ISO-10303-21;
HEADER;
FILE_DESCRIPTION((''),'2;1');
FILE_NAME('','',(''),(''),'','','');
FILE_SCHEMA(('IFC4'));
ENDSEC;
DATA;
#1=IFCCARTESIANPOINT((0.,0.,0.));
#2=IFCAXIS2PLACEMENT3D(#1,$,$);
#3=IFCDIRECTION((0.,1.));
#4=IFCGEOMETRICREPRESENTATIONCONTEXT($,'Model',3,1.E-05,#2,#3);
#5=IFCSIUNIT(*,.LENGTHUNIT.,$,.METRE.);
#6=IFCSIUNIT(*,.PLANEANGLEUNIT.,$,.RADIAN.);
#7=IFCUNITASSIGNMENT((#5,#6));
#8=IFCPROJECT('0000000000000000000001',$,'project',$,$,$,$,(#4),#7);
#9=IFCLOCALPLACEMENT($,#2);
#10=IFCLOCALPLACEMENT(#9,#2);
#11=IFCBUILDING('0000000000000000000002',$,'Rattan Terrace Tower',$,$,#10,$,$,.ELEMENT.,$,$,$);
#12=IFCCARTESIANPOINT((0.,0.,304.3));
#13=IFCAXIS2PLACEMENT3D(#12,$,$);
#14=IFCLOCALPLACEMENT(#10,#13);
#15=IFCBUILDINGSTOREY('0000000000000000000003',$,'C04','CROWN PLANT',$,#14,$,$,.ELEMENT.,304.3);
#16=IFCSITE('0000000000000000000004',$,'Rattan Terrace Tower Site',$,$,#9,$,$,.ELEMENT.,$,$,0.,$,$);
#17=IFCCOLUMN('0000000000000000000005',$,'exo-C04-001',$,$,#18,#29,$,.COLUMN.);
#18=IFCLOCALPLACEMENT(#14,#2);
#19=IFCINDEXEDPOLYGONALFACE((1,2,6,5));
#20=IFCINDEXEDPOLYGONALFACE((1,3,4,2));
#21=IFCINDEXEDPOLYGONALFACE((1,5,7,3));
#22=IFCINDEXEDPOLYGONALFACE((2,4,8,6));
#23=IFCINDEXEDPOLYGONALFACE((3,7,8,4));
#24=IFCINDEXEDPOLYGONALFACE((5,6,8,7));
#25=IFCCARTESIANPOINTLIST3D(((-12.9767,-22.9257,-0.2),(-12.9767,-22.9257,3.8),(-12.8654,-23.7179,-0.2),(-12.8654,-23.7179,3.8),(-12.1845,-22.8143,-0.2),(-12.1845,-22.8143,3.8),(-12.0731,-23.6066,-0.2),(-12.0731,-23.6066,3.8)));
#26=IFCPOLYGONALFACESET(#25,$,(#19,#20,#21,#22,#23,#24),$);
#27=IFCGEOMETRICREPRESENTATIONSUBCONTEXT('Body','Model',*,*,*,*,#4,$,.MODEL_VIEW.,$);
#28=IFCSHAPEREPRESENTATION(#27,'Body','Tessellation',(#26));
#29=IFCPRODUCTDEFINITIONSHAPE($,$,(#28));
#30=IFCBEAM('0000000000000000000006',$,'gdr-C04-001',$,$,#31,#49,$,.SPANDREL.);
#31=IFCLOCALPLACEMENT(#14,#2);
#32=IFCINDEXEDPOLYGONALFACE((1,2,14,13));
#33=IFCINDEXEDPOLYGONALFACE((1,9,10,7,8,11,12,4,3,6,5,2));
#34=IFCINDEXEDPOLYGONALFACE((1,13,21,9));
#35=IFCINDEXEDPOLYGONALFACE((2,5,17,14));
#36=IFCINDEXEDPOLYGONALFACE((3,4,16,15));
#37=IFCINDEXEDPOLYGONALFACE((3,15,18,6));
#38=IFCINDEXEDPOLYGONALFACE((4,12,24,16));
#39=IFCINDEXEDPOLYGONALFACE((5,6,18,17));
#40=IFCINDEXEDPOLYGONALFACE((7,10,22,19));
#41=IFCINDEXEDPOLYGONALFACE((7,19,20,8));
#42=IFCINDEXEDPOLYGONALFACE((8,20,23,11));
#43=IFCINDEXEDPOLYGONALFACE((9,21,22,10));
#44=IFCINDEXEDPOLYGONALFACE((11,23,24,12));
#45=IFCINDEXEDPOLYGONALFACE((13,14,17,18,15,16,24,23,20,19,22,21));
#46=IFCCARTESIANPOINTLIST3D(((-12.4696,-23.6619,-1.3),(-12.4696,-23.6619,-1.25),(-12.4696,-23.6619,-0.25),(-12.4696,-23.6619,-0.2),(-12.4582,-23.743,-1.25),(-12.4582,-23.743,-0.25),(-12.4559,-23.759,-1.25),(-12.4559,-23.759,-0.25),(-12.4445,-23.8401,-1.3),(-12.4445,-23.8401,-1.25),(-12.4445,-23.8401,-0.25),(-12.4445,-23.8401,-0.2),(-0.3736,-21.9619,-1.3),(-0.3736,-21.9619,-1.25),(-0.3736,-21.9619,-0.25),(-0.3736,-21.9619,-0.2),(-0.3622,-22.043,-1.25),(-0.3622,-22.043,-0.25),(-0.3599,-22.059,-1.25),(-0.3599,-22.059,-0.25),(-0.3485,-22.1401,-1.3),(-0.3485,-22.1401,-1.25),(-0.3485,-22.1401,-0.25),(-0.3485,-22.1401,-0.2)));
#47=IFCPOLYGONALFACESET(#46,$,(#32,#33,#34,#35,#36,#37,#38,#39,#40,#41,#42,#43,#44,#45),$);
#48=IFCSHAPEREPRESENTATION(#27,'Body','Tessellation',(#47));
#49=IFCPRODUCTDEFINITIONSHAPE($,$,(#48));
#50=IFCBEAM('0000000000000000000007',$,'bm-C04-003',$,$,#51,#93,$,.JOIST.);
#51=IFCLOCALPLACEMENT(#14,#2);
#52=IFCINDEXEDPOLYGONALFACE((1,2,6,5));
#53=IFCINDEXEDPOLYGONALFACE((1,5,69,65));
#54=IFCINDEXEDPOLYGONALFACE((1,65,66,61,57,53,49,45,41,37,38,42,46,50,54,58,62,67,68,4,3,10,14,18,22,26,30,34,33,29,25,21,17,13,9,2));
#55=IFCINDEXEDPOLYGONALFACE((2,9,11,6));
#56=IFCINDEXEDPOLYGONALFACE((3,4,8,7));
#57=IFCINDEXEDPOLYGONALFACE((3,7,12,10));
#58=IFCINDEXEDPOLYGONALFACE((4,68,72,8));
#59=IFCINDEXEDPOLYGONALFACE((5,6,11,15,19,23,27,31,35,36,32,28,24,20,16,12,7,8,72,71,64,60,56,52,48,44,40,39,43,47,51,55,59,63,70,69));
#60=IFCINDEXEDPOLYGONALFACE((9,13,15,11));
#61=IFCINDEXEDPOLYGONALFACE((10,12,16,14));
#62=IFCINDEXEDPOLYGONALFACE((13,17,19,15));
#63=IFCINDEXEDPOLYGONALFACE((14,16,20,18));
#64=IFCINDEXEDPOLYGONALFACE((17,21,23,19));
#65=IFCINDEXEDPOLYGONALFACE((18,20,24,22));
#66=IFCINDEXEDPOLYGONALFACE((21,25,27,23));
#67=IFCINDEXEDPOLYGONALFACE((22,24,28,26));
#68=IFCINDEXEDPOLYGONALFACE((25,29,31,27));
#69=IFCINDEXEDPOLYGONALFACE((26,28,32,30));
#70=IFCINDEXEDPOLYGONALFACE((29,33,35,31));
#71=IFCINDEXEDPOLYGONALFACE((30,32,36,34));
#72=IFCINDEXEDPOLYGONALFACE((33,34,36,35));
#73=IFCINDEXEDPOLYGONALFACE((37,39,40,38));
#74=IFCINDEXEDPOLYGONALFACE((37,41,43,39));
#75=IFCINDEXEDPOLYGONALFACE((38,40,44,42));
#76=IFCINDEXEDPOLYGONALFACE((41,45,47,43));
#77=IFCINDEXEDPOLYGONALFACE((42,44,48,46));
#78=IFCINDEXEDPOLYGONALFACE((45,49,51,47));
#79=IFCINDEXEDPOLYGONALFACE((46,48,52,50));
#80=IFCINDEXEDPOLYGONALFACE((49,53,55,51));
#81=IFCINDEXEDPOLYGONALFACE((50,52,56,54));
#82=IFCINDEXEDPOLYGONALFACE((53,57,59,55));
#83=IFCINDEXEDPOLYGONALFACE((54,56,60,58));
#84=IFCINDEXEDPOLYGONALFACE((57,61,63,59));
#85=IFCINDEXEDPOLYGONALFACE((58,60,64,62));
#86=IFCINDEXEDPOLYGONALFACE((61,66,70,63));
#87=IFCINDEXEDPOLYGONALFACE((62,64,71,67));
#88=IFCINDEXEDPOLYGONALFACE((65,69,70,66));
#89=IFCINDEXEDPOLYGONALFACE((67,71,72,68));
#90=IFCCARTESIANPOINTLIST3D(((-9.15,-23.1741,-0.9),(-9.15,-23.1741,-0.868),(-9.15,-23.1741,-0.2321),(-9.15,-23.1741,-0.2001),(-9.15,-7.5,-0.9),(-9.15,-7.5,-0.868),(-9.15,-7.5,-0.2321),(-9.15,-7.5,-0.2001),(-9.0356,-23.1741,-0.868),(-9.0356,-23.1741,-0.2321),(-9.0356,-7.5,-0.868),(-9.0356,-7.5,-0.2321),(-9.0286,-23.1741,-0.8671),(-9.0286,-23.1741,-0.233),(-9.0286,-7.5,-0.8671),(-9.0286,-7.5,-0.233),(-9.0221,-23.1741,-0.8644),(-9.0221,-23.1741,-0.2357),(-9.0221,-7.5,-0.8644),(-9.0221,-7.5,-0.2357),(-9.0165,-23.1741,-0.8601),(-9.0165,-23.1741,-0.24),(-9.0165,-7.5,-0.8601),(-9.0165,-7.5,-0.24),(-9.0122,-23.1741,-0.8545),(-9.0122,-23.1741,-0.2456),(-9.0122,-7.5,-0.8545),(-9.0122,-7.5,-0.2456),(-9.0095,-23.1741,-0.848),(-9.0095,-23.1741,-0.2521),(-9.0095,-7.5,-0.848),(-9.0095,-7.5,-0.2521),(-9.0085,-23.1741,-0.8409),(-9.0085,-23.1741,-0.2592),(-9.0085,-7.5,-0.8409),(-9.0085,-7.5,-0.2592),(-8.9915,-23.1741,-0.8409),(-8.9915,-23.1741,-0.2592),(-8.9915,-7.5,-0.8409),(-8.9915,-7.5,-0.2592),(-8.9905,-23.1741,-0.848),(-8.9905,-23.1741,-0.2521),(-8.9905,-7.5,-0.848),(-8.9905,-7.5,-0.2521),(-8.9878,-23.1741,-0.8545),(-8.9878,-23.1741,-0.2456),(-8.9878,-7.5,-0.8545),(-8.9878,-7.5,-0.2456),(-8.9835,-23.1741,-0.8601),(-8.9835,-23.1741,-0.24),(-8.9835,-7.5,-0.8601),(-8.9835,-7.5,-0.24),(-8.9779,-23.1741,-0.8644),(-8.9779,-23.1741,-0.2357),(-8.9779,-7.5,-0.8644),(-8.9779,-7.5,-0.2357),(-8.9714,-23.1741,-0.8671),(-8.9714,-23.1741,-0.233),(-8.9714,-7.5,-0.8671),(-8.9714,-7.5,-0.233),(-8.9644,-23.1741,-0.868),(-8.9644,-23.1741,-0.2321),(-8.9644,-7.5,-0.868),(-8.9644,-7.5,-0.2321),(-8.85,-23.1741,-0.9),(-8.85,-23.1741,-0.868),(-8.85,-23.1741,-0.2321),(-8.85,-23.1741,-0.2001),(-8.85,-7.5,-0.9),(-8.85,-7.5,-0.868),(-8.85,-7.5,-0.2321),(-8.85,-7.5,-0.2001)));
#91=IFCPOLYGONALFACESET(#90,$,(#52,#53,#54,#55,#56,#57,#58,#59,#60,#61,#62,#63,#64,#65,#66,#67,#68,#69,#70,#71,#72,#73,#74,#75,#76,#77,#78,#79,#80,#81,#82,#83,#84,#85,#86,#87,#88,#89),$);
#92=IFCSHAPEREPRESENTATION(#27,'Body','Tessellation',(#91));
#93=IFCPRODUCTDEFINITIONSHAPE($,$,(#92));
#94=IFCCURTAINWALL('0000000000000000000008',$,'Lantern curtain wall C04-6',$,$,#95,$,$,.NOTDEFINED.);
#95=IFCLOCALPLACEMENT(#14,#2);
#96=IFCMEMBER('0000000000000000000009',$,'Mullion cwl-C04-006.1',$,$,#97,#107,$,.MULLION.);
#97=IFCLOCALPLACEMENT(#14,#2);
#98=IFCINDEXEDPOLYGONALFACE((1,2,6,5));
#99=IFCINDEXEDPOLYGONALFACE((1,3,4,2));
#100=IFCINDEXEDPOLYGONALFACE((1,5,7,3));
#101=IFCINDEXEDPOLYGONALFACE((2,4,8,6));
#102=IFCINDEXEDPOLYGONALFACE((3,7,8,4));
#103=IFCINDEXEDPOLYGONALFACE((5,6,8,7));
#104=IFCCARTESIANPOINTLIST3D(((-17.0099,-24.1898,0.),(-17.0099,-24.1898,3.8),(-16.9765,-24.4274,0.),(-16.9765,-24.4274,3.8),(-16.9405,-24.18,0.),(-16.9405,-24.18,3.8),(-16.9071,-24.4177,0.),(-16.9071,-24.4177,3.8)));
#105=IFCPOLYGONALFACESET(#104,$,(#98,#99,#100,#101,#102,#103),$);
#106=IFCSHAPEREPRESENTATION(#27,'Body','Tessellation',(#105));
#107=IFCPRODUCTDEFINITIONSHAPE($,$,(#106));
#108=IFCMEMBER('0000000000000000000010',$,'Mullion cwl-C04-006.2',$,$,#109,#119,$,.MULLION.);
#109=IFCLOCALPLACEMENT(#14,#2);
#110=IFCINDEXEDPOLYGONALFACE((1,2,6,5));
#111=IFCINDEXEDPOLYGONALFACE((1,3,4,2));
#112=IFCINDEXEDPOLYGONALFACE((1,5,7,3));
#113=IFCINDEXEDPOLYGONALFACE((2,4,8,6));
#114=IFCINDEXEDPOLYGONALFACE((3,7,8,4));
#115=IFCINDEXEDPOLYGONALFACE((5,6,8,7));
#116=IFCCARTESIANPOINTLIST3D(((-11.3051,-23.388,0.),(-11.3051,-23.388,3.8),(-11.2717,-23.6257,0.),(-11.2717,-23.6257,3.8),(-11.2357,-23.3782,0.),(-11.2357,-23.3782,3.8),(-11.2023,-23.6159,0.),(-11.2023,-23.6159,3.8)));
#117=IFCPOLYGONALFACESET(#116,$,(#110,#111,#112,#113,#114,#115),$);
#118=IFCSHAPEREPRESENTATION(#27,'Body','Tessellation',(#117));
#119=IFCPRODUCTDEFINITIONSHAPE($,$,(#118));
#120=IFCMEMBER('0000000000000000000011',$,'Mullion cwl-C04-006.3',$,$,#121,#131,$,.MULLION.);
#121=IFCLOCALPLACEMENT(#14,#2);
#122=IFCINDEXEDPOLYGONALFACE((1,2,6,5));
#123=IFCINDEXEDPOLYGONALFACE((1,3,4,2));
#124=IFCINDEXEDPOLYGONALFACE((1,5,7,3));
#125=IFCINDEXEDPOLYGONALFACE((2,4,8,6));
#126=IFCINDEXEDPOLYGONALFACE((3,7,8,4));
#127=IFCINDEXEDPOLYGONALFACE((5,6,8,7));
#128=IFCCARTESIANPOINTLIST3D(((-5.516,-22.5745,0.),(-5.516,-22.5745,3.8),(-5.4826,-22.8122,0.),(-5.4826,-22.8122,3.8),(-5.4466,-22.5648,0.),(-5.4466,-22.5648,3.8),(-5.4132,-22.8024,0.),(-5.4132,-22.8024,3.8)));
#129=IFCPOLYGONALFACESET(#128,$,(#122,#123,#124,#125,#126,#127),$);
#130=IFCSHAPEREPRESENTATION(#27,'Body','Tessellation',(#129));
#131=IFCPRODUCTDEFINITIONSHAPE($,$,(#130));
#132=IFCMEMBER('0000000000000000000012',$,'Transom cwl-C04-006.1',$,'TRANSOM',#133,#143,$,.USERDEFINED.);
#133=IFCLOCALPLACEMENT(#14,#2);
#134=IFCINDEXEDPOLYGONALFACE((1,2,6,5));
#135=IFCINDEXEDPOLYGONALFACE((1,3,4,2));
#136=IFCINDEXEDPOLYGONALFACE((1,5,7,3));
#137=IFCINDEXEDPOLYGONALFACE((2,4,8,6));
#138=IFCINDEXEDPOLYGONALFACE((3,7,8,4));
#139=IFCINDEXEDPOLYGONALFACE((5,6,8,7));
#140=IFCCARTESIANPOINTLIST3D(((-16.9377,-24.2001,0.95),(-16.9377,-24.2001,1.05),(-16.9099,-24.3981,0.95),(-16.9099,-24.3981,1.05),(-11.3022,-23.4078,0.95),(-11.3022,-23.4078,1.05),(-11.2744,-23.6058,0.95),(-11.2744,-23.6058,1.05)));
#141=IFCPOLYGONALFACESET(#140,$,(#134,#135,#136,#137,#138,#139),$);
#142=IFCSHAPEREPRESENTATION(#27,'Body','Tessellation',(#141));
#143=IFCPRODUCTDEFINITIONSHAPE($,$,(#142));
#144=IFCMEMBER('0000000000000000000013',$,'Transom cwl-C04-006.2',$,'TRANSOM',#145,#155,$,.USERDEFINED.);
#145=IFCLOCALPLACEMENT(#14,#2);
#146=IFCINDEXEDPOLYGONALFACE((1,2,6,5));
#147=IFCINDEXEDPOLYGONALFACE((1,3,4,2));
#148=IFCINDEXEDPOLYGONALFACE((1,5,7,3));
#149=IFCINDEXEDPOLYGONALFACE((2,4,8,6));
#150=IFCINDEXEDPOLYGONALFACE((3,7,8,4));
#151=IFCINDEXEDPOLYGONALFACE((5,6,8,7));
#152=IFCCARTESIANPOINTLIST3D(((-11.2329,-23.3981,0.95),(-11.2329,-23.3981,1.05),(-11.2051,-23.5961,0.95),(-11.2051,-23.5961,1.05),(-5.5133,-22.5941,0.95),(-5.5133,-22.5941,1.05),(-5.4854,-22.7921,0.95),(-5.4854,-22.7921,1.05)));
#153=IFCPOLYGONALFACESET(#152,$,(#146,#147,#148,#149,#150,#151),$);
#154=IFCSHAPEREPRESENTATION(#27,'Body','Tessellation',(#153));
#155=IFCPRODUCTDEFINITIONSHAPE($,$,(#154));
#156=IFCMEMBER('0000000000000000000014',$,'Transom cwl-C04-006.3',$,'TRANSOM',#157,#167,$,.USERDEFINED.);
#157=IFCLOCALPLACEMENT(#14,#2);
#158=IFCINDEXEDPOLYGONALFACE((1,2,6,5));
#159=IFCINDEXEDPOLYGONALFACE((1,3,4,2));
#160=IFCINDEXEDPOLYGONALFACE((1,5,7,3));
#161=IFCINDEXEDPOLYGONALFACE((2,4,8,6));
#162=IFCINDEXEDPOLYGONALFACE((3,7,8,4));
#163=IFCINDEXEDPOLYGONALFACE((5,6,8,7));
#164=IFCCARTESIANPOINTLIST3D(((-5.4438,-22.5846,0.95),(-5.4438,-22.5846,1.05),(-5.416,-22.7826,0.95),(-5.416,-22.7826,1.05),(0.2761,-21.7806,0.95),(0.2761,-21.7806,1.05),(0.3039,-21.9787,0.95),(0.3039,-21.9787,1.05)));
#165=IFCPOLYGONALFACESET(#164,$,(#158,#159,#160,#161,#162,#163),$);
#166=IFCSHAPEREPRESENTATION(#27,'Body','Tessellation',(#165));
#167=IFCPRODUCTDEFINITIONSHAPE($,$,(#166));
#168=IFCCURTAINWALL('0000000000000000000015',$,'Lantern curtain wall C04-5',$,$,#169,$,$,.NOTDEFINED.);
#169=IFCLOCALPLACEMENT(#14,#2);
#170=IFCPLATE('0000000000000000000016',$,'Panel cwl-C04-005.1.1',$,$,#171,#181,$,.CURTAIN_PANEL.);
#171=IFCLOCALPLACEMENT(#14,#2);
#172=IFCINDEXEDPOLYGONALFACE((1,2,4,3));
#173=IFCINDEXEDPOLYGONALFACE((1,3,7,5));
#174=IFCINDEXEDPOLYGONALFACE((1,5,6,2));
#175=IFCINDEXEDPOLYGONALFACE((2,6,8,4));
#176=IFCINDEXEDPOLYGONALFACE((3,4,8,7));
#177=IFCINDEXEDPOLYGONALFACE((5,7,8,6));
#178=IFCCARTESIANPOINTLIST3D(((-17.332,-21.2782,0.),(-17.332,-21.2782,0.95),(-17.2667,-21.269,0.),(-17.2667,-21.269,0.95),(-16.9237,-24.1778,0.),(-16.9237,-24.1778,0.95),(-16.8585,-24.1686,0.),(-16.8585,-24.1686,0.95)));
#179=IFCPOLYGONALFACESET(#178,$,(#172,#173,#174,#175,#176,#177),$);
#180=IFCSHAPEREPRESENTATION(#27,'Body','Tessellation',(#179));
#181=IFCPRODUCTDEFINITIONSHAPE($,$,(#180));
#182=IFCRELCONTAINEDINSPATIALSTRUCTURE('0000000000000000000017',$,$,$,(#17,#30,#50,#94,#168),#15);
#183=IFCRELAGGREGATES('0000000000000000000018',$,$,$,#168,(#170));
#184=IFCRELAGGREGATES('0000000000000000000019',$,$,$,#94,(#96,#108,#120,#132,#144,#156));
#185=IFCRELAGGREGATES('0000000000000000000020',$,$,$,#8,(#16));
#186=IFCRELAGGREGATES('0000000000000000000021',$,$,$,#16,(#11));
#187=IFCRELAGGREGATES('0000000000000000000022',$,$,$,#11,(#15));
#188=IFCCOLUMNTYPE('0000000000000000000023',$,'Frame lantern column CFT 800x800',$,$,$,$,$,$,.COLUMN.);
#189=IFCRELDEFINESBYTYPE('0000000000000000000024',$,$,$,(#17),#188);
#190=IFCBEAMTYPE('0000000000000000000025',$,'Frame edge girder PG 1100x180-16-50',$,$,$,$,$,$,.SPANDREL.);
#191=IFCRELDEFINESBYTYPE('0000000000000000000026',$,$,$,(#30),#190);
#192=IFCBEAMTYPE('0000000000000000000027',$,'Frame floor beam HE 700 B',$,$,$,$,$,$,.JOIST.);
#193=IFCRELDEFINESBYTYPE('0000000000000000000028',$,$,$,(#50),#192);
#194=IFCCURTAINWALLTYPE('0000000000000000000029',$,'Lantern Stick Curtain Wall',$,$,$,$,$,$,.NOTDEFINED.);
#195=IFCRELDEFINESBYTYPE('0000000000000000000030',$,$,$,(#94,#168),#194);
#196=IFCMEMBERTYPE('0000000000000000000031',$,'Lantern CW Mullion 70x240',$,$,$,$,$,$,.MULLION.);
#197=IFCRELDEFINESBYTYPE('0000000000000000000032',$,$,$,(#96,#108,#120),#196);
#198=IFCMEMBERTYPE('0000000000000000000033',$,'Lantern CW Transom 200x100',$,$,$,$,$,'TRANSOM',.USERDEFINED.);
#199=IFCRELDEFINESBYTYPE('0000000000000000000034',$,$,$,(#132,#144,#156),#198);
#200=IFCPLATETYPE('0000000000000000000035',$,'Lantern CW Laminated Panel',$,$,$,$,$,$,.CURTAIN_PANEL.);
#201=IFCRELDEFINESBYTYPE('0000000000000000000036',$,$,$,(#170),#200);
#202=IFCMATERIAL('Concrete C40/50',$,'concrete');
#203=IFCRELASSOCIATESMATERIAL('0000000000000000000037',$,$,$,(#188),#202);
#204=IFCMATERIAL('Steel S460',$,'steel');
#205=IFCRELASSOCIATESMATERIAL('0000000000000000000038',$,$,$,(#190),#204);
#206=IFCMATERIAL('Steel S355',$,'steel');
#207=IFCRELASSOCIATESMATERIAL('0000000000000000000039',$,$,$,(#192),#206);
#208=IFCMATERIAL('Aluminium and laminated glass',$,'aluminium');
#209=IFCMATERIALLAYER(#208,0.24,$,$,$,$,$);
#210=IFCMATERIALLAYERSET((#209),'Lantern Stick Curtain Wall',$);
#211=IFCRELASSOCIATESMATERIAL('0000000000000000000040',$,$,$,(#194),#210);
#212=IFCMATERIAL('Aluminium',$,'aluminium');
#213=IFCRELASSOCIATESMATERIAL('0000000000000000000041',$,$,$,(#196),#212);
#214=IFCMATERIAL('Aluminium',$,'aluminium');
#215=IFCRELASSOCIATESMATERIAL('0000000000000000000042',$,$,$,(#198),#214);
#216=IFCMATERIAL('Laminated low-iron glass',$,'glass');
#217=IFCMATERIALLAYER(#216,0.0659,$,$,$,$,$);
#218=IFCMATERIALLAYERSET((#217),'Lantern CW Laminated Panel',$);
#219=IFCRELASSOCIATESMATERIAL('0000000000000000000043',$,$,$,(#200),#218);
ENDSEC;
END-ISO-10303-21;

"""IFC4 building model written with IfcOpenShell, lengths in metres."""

from ifc_helpers import new_model, si_unit, direction, frame, origin, origin_2d, place, context, subcontext, project, spatial, rectangle, i_section, extrude, material, layer, layer_set, material_profile, profile_set, type_object, element, aggregate, save


model = new_model("IFC4")

# Units and contexts
model_context = context("Model", 3, precision=1e-05, world=origin(), true_north=direction((0.0, 1.0)))
body_context = subcontext(model_context, "Body", "Model", "MODEL_VIEW")
ifc_project = project(units=[si_unit("LENGTHUNIT", "METRE"), si_unit("PLANEANGLEUNIT", "RADIAN")], contexts=[model_context])

# Site, building, storey
site_placement = place(None, origin())
site = spatial("IfcSite", under=ifc_project, at=site_placement, Name="Rattan Terrace Tower Site", CompositionType="ELEMENT", RefElevation=0.0)
building_placement = place(site_placement, origin())
building = spatial("IfcBuilding", under=site, at=building_placement, Name="Rattan Terrace Tower", CompositionType="ELEMENT")
storey_placement = place(building_placement, frame((0.0, 0.0, 304.3)))
storey = spatial("IfcBuildingStorey", under=building, at=storey_placement, Name="C04", Description="CROWN PLANT", CompositionType="ELEMENT", Elevation=304.3)

# Column
ifc_material_1 = material(Name="Concrete C40/50", Category="concrete")
ifc_material_profile_1 = material_profile(ifc_material_1, rectangle(XDim=0.8, YDim=0.8, at=origin_2d()), Name="CFT 800x800")
ifc_profile_set_1 = profile_set([ifc_material_profile_1], Name="Concrete C40/50")
column_type = type_object("IfcColumnType", Name="Frame lantern column CFT 800x800", PredefinedType="COLUMN", material=ifc_profile_set_1)
column_placement = place(storey_placement, frame((-12.5249, -23.2661, -0.2), z_axis=(0.0, 0.0, 1.0), x_axis=(0.990266, 0.13919, 0.0)))
element("IfcColumn", 1, at=column_placement, inside=storey, type_object=column_type, Name="exo-C04-001", PredefinedType="COLUMN", context=body_context, shape_type="SweptSolid", body=[
    extrude(rectangle(XDim=0.8, YDim=0.8, at=origin_2d()), origin(), (0.0, 0.0, 1.0), 4.0),
])

# Beams
ifc_material_2 = material(Name="Steel S460", Category="steel")
ifc_material_profile_2 = material_profile(ifc_material_2, i_section(OverallWidth=0.1799, OverallDepth=1.1001, WebThickness=0.0161, FlangeThickness=0.05, at=origin_2d()), Name="PG 1100x180-16-50")
ifc_profile_set_2 = profile_set([ifc_material_profile_2], Name="Steel S460")
beam_type_1 = type_object("IfcBeamType", Name="Frame edge girder PG 1100x180-16-50", PredefinedType="SPANDREL", material=ifc_profile_set_2)
beam_1_placement = place(storey_placement, frame((-12.457, -23.751, -0.75), z_axis=(0.990268, 0.139171, 0.0), x_axis=(-0.139171, 0.990268, 0.0)))
element("IfcBeam", 2, at=beam_1_placement, inside=storey, type_object=beam_type_1, Name="gdr-C04-001", PredefinedType="SPANDREL", context=body_context, shape_type="SweptSolid", body=[
    extrude(i_section(OverallWidth=0.1799, OverallDepth=1.1001, WebThickness=0.0161, FlangeThickness=0.05, at=origin_2d()), origin(), (0.0, 0.0, 1.0), 12.2148),
])
ifc_material_3 = material(Name="Steel S355", Category="steel")
ifc_material_profile_3 = material_profile(ifc_material_3, i_section(OverallWidth=0.3, OverallDepth=0.7, WebThickness=0.0171, FlangeThickness=0.032, FilletRadius=0.0271, at=origin_2d()), Name="HE 700 B")
ifc_profile_set_3 = profile_set([ifc_material_profile_3], Name="Steel S355")
beam_type_2 = type_object("IfcBeamType", Name="Frame floor beam HE 700 B", PredefinedType="JOIST", material=ifc_profile_set_3)
beam_2_placement = place(storey_placement, frame((-9.0, -23.1741, -0.55), z_axis=(0.0, 1.0, 0.0), x_axis=(-1.0, 0.0, 0.0)))
element("IfcBeam", 3, at=beam_2_placement, inside=storey, type_object=beam_type_2, Name="bm-C04-003", PredefinedType="JOIST", context=body_context, shape_type="SweptSolid", body=[
    extrude(i_section(OverallWidth=0.3, OverallDepth=0.7, WebThickness=0.0171, FlangeThickness=0.032, FilletRadius=0.0271, at=origin_2d()), origin(), (0.0, 0.0, 1.0), 15.6741),
])

# Curtain wall, members
ifc_material_4 = material(Name="Aluminium and laminated glass", Category="aluminium")
ifc_layer_1 = layer(ifc_material_4, 0.24)
ifc_layer_set_1 = layer_set([ifc_layer_1], Name="Lantern Stick Curtain Wall")
curtain_wall_type = type_object("IfcCurtainWallType", Name="Lantern Stick Curtain Wall", PredefinedType="NOTDEFINED", material=ifc_layer_set_1)
curtain_wall_1_placement = place(storey_placement, origin())
curtain_wall_1 = element("IfcCurtainWall", 4, at=curtain_wall_1_placement, inside=storey, type_object=curtain_wall_type, Name="Lantern curtain wall C04-6", PredefinedType="NOTDEFINED")
ifc_material_5 = material(Name="Aluminium", Category="aluminium")
ifc_material_profile_4 = material_profile(ifc_material_5, rectangle(XDim=0.0701, YDim=0.24, at=origin_2d()), Name="Aluminium 70x240")
ifc_profile_set_4 = profile_set([ifc_material_profile_4], Name="Aluminium")
member_type_1 = type_object("IfcMemberType", Name="Lantern CW Mullion 70x240", PredefinedType="MULLION", material=ifc_profile_set_4)
member_1_placement = place(storey_placement, frame((-16.9585, -24.3037, 0.0), z_axis=(0.0, 0.0, 1.0), x_axis=(0.990267, 0.139181, 0.0)))
member_1 = element("IfcMember", 5, at=member_1_placement, type_object=member_type_1, Name="Mullion cwl-C04-006.1", PredefinedType="MULLION", context=body_context, shape_type="SweptSolid", body=[
    extrude(rectangle(XDim=0.0701, YDim=0.24, at=origin_2d()), origin(), (0.0, 0.0, 1.0), 3.8),
])
member_2_placement = place(storey_placement, frame((-11.2537, -23.502, 0.0), z_axis=(0.0, 0.0, 1.0), x_axis=(0.990267, 0.139181, 0.0)))
member_2 = element("IfcMember", 6, at=member_2_placement, type_object=member_type_1, Name="Mullion cwl-C04-006.2", PredefinedType="MULLION", context=body_context, shape_type="SweptSolid", body=[
    extrude(rectangle(XDim=0.0701, YDim=0.24, at=origin_2d()), origin(), (0.0, 0.0, 1.0), 3.8),
])
member_3_placement = place(storey_placement, frame((-5.4646, -22.6885, 0.0), z_axis=(0.0, 0.0, 1.0), x_axis=(0.990267, 0.139181, 0.0)))
member_3 = element("IfcMember", 7, at=member_3_placement, type_object=member_type_1, Name="Mullion cwl-C04-006.3", PredefinedType="MULLION", context=body_context, shape_type="SweptSolid", body=[
    extrude(rectangle(XDim=0.0701, YDim=0.24, at=origin_2d()), origin(), (0.0, 0.0, 1.0), 3.8),
])
ifc_material_6 = material(Name="Aluminium", Category="aluminium")
ifc_material_profile_5 = material_profile(ifc_material_6, rectangle(XDim=0.2, YDim=0.1001, at=origin_2d()), Name="Aluminium 200x100")
ifc_profile_set_5 = profile_set([ifc_material_profile_5], Name="Aluminium")
member_type_2 = type_object("IfcMemberType", Name="Lantern CW Transom 200x100", ElementType="TRANSOM", PredefinedType="USERDEFINED", material=ifc_profile_set_5)
member_4_placement = place(storey_placement, frame((-16.9238, -24.2991, 1.0), z_axis=(0.990263, 0.139211, 0.0), x_axis=(-0.139211, 0.990263, 0.0)))
member_4 = element("IfcMember", 8, at=member_4_placement, type_object=member_type_2, Name="Transom cwl-C04-006.1", ObjectType="TRANSOM", PredefinedType="USERDEFINED", context=body_context, shape_type="SweptSolid", body=[
    extrude(rectangle(XDim=0.2, YDim=0.1001, at=origin_2d()), origin(), (0.0, 0.0, 1.0), 5.6909),
])
member_5_placement = place(storey_placement, frame((-11.219, -23.4971, 1.0), z_axis=(0.990266, 0.13919, 0.0), x_axis=(-0.13919, 0.990266, 0.0)))
member_5 = element("IfcMember", 9, at=member_5_placement, type_object=member_type_2, Name="Transom cwl-C04-006.2", ObjectType="TRANSOM", PredefinedType="USERDEFINED", context=body_context, shape_type="SweptSolid", body=[
    extrude(rectangle(XDim=0.2, YDim=0.1001, at=origin_2d()), origin(), (0.0, 0.0, 1.0), 5.7759),
])
member_6_placement = place(storey_placement, frame((-5.4299, -22.6836, 1.0), z_axis=(0.990267, 0.139184, 0.0), x_axis=(-0.139184, 0.990267, 0.0)))
member_6 = element("IfcMember", 10, at=member_6_placement, type_object=member_type_2, Name="Transom cwl-C04-006.3", ObjectType="TRANSOM", PredefinedType="USERDEFINED", context=body_context, shape_type="SweptSolid", body=[
    extrude(rectangle(XDim=0.2, YDim=0.1001, at=origin_2d()), origin(), (0.0, 0.0, 1.0), 5.7761),
])

# Curtain wall, plate
curtain_wall_2_placement = place(storey_placement, origin())
curtain_wall_2 = element("IfcCurtainWall", 11, at=curtain_wall_2_placement, inside=storey, type_object=curtain_wall_type, Name="Lantern curtain wall C04-5", PredefinedType="NOTDEFINED")
ifc_material_7 = material(Name="Laminated low-iron glass", Category="glass")
ifc_layer_2 = layer(ifc_material_7, 0.0659)
ifc_layer_set_2 = layer_set([ifc_layer_2], Name="Lantern CW Laminated Panel")
plate_type = type_object("IfcPlateType", Name="Lantern CW Laminated Panel", PredefinedType="CURTAIN_PANEL", material=ifc_layer_set_2)
plate_1_placement = place(storey_placement, frame((-17.0952, -22.7234, 0.0), z_axis=(0.0, 0.0, 1.0), x_axis=(0.139413, -0.990234, 0.0)))
plate_1 = element("IfcPlate", 12, at=plate_1_placement, type_object=plate_type, Name="Panel cwl-C04-005.1.1", PredefinedType="CURTAIN_PANEL", context=body_context, shape_type="SweptSolid", body=[
    extrude(rectangle(XDim=2.9282, YDim=0.0659, at=origin_2d()), origin(), (0.0, 0.0, 1.0), 0.95),
])
aggregate(curtain_wall_2, [plate_1])

aggregate(curtain_wall_1, [member_1, member_2, member_3, member_4, member_5, member_6])

save(model, "model.ifc")
